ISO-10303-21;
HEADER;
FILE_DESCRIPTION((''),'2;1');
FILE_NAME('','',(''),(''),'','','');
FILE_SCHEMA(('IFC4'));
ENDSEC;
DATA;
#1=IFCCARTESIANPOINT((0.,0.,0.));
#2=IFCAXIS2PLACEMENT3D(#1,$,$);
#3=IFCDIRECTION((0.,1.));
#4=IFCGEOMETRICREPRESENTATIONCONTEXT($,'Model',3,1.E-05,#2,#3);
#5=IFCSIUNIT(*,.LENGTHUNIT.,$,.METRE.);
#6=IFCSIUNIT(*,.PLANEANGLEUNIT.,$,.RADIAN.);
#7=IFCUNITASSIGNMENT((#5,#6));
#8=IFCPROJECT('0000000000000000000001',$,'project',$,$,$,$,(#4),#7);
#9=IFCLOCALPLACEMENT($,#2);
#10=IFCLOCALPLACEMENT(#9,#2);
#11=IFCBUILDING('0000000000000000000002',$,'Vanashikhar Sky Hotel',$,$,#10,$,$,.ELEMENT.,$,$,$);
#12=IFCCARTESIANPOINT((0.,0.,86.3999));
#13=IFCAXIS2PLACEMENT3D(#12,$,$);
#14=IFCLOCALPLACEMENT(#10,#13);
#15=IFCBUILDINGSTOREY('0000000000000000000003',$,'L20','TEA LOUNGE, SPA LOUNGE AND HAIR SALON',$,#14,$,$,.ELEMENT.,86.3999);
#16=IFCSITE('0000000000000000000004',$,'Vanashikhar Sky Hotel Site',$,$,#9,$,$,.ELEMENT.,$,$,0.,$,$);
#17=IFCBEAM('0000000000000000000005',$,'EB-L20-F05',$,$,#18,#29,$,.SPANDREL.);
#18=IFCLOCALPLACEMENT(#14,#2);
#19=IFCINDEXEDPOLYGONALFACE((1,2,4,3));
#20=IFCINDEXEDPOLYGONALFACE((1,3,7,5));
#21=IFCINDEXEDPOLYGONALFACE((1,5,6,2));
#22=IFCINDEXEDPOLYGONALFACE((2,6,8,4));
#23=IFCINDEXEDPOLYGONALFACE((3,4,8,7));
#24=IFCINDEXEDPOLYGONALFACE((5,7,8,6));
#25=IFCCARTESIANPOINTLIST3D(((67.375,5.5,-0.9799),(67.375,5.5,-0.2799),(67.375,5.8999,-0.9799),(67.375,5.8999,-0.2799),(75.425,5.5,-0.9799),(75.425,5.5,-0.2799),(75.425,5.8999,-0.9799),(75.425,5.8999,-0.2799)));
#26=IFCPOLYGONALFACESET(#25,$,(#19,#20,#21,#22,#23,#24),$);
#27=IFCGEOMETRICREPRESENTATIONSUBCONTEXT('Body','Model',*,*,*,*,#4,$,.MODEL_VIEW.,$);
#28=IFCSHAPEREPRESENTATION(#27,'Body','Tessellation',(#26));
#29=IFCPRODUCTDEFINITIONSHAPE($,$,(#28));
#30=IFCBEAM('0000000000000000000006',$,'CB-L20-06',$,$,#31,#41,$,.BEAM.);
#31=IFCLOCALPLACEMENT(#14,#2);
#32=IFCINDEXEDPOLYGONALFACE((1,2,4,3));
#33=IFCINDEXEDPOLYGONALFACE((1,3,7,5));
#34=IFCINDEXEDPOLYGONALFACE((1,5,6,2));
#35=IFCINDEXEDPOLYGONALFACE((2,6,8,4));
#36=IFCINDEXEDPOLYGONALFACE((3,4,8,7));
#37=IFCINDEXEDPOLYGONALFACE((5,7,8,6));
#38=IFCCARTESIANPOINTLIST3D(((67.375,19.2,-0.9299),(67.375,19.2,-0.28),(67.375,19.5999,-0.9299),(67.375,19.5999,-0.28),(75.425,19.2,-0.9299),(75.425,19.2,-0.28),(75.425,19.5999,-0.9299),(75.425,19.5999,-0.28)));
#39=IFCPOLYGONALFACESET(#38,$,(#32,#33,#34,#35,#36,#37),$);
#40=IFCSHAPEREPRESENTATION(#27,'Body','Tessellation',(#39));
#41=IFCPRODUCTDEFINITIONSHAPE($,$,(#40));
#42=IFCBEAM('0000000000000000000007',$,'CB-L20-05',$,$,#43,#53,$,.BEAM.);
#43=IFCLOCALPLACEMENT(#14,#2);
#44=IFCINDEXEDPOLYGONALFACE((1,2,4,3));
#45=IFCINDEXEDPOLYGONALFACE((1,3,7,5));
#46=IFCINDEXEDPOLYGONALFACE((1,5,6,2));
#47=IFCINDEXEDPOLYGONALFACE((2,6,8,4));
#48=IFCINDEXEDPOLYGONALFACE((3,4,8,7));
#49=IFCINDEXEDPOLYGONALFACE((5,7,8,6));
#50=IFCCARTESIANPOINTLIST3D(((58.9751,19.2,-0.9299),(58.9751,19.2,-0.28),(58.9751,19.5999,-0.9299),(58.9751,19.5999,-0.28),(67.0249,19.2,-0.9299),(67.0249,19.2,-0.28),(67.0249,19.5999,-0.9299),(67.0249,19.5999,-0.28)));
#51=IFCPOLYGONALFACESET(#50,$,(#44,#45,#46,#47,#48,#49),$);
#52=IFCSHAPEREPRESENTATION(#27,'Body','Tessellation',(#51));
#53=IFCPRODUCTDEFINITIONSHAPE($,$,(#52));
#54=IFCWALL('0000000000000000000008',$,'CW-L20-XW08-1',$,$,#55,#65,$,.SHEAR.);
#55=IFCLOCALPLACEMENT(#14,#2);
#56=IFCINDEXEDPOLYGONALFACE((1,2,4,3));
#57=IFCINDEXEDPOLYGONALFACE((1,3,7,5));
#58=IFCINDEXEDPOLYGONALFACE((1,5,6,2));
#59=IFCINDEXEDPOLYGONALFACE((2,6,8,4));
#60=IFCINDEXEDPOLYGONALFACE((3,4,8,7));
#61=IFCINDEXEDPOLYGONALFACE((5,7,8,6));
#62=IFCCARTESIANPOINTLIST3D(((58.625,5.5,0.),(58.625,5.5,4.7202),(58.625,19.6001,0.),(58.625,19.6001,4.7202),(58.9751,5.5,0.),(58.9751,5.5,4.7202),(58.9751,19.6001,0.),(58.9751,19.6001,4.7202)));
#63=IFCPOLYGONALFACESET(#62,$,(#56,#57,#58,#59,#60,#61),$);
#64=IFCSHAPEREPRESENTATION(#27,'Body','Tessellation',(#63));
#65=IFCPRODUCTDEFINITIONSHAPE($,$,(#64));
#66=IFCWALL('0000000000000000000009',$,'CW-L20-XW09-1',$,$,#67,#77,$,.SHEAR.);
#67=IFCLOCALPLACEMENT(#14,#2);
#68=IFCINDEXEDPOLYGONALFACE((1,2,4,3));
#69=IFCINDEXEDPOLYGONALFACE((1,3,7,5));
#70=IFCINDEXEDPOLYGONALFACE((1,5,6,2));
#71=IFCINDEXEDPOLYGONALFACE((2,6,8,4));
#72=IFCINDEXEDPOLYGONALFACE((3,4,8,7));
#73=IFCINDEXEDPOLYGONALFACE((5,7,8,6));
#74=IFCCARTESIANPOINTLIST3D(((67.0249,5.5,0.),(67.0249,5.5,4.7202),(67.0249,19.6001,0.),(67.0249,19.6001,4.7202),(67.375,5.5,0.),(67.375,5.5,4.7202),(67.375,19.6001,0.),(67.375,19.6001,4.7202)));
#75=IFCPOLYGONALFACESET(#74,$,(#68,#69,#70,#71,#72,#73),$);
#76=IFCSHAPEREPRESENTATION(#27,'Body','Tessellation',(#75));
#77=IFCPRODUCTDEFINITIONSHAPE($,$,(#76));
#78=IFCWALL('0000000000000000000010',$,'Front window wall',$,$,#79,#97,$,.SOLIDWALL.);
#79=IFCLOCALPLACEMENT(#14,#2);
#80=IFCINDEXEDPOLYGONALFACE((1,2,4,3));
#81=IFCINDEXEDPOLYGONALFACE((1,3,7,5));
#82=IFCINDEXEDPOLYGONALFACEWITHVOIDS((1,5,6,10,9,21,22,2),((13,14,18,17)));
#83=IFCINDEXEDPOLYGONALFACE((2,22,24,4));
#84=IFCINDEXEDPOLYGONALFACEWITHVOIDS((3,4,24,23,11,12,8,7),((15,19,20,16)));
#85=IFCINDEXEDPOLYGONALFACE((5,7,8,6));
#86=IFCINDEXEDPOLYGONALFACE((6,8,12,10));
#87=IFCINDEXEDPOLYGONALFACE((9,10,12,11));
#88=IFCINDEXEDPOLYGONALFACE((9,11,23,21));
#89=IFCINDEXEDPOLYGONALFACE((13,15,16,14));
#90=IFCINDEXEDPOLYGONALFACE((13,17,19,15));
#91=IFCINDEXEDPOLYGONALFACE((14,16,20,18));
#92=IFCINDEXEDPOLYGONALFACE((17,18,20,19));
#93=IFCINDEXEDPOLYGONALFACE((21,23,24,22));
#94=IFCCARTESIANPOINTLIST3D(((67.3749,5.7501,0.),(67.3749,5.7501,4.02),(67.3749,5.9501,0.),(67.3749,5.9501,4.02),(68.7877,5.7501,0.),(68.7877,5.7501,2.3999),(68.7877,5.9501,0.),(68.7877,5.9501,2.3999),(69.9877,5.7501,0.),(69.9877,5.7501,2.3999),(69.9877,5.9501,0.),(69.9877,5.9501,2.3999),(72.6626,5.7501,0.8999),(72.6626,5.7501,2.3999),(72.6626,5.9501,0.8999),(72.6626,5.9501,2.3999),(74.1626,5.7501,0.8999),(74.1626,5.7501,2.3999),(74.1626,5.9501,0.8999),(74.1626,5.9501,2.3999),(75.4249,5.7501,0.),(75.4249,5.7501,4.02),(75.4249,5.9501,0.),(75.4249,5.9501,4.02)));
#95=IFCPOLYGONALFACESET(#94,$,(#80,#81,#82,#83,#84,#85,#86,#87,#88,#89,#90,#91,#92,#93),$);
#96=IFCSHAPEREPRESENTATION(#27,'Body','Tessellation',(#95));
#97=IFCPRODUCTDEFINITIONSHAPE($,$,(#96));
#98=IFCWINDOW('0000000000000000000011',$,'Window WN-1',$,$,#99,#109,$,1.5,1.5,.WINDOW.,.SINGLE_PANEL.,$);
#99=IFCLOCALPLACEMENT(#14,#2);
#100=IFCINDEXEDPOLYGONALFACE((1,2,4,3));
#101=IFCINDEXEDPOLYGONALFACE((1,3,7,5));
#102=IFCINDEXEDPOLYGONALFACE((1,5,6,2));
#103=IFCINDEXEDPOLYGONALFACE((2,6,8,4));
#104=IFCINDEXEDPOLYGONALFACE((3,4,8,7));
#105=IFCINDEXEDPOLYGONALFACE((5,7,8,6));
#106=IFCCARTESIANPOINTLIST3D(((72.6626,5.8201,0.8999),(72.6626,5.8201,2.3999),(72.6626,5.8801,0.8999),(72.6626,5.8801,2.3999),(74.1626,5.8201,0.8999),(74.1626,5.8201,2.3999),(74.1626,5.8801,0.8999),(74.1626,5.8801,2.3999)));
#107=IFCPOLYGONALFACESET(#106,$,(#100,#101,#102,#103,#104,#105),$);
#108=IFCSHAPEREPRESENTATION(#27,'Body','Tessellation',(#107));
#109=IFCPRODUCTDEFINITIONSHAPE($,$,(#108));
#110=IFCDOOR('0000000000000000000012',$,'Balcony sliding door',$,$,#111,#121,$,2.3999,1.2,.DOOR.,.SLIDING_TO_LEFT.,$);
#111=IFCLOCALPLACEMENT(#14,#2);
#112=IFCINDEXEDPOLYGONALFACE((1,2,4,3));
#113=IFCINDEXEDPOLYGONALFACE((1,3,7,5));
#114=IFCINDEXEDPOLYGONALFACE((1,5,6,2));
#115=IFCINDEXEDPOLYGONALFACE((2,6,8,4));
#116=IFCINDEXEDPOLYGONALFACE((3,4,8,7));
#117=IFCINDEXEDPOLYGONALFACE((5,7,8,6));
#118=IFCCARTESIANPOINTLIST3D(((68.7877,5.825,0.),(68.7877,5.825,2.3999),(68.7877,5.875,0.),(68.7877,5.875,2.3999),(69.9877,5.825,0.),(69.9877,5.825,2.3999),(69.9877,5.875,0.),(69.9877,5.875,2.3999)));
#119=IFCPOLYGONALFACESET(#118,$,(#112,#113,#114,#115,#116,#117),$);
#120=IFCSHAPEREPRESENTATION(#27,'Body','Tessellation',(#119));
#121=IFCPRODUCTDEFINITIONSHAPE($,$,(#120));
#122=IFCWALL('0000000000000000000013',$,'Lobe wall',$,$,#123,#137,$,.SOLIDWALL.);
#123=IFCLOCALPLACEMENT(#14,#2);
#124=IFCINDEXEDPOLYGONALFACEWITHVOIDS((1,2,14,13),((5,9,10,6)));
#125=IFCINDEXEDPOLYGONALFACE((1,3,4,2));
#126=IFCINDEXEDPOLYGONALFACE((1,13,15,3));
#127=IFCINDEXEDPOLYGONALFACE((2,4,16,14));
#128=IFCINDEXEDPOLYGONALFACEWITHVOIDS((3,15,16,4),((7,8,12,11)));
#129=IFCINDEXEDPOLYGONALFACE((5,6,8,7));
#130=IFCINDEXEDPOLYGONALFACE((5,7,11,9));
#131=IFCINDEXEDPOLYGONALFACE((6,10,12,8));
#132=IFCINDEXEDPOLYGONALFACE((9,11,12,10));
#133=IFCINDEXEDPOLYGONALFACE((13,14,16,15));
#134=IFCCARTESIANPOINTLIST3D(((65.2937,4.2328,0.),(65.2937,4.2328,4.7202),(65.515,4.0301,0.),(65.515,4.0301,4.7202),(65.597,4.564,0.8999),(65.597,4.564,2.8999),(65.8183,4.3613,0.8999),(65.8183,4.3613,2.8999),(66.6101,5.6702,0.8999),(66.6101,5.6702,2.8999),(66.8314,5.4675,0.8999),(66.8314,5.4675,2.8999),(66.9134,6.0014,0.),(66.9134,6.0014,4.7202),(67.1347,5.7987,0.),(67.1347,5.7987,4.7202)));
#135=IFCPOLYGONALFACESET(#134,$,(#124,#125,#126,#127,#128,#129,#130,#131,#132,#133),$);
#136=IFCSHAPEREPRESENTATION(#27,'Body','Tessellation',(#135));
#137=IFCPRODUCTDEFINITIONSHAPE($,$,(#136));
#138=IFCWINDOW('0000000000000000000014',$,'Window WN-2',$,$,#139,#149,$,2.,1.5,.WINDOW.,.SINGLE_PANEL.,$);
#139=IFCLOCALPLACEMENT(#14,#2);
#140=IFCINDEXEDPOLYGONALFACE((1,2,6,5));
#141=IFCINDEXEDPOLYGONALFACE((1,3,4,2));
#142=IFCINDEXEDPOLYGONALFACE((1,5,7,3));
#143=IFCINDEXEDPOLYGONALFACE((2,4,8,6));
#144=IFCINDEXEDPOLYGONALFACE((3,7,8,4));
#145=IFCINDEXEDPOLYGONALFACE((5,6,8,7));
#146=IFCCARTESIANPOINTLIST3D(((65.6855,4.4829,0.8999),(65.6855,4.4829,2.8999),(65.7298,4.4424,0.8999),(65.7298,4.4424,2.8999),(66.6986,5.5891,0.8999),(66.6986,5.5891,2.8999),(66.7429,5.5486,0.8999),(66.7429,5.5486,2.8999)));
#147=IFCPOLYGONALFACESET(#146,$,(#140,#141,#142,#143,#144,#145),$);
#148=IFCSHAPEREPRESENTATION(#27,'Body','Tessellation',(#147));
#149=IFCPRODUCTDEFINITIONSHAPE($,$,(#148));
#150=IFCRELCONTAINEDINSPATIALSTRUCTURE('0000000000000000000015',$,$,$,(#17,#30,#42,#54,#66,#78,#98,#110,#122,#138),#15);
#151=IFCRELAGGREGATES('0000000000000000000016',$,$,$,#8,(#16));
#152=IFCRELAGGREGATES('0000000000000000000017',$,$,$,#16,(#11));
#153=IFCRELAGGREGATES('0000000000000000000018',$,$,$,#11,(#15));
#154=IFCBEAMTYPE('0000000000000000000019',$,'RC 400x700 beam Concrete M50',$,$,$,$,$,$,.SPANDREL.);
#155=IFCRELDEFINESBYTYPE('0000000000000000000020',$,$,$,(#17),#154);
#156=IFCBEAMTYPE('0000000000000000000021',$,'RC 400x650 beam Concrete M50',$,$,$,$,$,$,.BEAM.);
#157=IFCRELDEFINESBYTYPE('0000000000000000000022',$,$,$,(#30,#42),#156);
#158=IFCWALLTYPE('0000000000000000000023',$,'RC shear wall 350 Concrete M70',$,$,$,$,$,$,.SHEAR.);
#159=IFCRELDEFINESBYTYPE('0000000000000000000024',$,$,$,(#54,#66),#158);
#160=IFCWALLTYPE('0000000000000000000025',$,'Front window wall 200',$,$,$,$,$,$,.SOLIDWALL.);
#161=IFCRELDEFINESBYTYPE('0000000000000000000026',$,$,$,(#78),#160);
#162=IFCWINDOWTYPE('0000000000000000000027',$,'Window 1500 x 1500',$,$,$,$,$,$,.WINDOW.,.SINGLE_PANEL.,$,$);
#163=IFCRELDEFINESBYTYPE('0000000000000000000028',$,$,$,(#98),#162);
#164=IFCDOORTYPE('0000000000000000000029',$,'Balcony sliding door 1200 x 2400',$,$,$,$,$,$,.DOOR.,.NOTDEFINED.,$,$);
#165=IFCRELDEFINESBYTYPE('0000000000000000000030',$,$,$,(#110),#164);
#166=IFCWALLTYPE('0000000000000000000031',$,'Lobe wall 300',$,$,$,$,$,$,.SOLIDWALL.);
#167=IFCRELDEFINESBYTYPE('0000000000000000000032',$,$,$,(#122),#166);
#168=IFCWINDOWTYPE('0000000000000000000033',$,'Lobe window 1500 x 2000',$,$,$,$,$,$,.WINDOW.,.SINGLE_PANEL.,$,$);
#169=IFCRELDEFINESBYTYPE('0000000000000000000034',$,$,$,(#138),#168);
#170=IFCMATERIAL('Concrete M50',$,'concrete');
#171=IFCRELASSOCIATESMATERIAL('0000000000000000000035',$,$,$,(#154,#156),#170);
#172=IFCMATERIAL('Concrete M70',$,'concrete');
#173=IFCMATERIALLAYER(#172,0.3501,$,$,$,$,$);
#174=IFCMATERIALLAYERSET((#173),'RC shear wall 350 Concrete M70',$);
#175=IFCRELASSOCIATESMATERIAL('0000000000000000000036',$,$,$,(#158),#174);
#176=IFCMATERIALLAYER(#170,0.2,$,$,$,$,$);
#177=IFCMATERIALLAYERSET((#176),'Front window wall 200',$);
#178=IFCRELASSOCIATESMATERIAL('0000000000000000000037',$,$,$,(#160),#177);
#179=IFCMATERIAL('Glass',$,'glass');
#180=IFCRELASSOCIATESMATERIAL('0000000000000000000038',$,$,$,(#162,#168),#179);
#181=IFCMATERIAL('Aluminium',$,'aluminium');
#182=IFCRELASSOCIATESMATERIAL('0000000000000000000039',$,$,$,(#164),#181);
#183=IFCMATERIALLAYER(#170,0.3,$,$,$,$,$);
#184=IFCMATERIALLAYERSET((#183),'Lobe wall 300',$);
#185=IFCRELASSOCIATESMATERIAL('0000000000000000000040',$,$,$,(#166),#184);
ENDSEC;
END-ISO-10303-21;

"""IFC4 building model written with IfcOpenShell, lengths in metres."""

from ifc_helpers import new_model, si_unit, direction, frame, frame_2d, origin, origin_2d, place, context, subcontext, project, spatial, rectangle, extrude, source, transform, mapped, material, layer, layer_set, material_profile, profile_set, type_object, element, fill, save


model = new_model("IFC4")

# Units and contexts
model_context = context("Model", 3, precision=1e-05, world=origin(), true_north=direction((0.0, 1.0)))
body_context = subcontext(model_context, "Body", "Model", "MODEL_VIEW")
ifc_project = project(units=[si_unit("LENGTHUNIT", "METRE"), si_unit("PLANEANGLEUNIT", "RADIAN")], contexts=[model_context])

# Site, building, storey
site_placement = place(None, origin())
site = spatial("IfcSite", under=ifc_project, at=site_placement, Name="Vanashikhar Sky Hotel Site", CompositionType="ELEMENT", RefElevation=0.0)
building_placement = place(site_placement, origin())
building = spatial("IfcBuilding", under=site, at=building_placement, Name="Vanashikhar Sky Hotel", CompositionType="ELEMENT")
storey_placement = place(building_placement, frame((0.0, 0.0, 86.3999)))
storey = spatial("IfcBuildingStorey", under=building, at=storey_placement, Name="L20", Description="TEA LOUNGE, SPA LOUNGE AND HAIR SALON", CompositionType="ELEMENT", Elevation=86.3999)

# Beams
ifc_material_1 = material(Name="Concrete M50", Category="concrete")
ifc_material_profile_1 = material_profile(ifc_material_1, rectangle(XDim=0.3999, YDim=0.7, at=origin_2d()))
ifc_profile_set_1 = profile_set([ifc_material_profile_1], Name="RC 400x700 beam Concrete M50")
beam_type_1 = type_object("IfcBeamType", Name="RC 400x700 beam Concrete M50", PredefinedType="SPANDREL", material=ifc_profile_set_1)
shared_shape_1 = source(origin(), body_context, "Body", "SweptSolid", [
    extrude(rectangle(XDim=0.3999, YDim=0.7, at=origin_2d()), origin(), (0.0, 0.0, 1.0), 8.05),
])
beam_1_placement = place(storey_placement, frame((67.375, 5.7, -0.6299), z_axis=(1.0, 0.0, 0.0), x_axis=(0.0, 1.0, 0.0)))
element("IfcBeam", 1, at=beam_1_placement, inside=storey, type_object=beam_type_1, Name="EB-L20-F05", PredefinedType="SPANDREL", context=body_context, shape_type="MappedRepresentation", body=[
    mapped(shared_shape_1, transform((0.0, 0.0, 0.0), scale=1.0)),
])
ifc_material_profile_2 = material_profile(ifc_material_1, rectangle(XDim=0.3999, YDim=0.6499, at=origin_2d()))
ifc_profile_set_2 = profile_set([ifc_material_profile_2], Name="RC 400x650 beam Concrete M50")
beam_type_2 = type_object("IfcBeamType", Name="RC 400x650 beam Concrete M50", PredefinedType="BEAM", material=ifc_profile_set_2)
shared_shape_2 = source(origin(), body_context, "Body", "SweptSolid", [
    extrude(rectangle(XDim=0.3999, YDim=0.6499, at=origin_2d()), origin(), (0.0, 0.0, 1.0), 8.05),
])
beam_2_placement = place(storey_placement, frame((67.375, 19.3999, -0.605), z_axis=(1.0, 0.0, 0.0), x_axis=(0.0, 1.0, 0.0)))
element("IfcBeam", 2, at=beam_2_placement, inside=storey, type_object=beam_type_2, Name="CB-L20-06", PredefinedType="BEAM", context=body_context, shape_type="MappedRepresentation", body=[
    mapped(shared_shape_2, transform((0.0, 0.0, 0.0), scale=1.0)),
])
shared_shape_3 = source(origin(), body_context, "Body", "SweptSolid", [
    extrude(rectangle(XDim=0.3999, YDim=0.6499, at=origin_2d()), origin(), (0.0, 0.0, 1.0), 8.0498),
])
beam_3_placement = place(storey_placement, frame((58.9751, 19.3999, -0.605), z_axis=(1.0, 0.0, 0.0), x_axis=(0.0, 1.0, 0.0)))
element("IfcBeam", 3, at=beam_3_placement, inside=storey, type_object=beam_type_2, Name="CB-L20-05", PredefinedType="BEAM", context=body_context, shape_type="MappedRepresentation", body=[
    mapped(shared_shape_3, transform((0.0, 0.0, 0.0), scale=1.0)),
])

# Walls
ifc_material_2 = material(Name="Concrete M70", Category="concrete")
ifc_layer_1 = layer(ifc_material_2, 0.3501)
ifc_layer_set_1 = layer_set([ifc_layer_1], Name="RC shear wall 350 Concrete M70")
wall_type_1 = type_object("IfcWallType", Name="RC shear wall 350 Concrete M70", PredefinedType="SHEAR", material=ifc_layer_set_1)
shared_shape_4 = source(origin(), body_context, "Body", "SweptSolid", [
    extrude(rectangle(XDim=14.1001, YDim=0.3501, at=frame_2d((7.05, 0.0))), origin(), (0.0, 0.0, 1.0), 4.7202),
])
for number, where, z_axis, x_axis, name in (
    (4, (58.8, 5.5, 0.0), (0.0, 0.0, 1.0), (0.0, 1.0, 0.0), "CW-L20-XW08-1"),
    (5, (67.2, 5.5, 0.0), (0.0, 0.0, 1.0), (0.0, 1.0, 0.0), "CW-L20-XW09-1"),
):
    element("IfcWall", number, at=place(storey_placement, frame(where, z_axis=z_axis, x_axis=x_axis)), inside=storey, type_object=wall_type_1, Name=name, PredefinedType="SHEAR", context=body_context, shape_type="MappedRepresentation", body=[
        mapped(shared_shape_4, transform((0.0, 0.0, 0.0), scale=1.0)),
    ])

# Wall, openings, window, door
ifc_layer_2 = layer(ifc_material_1, 0.2)
ifc_layer_set_2 = layer_set([ifc_layer_2], Name="Front window wall 200")
wall_type_2 = type_object("IfcWallType", Name="Front window wall 200", PredefinedType="SOLIDWALL", material=ifc_layer_set_2)
shared_shape_5 = source(origin(), body_context, "Body", "SweptSolid", [
    extrude(rectangle(XDim=8.05, YDim=0.2, at=frame_2d((4.0249, 0.0))), origin(), (0.0, 0.0, 1.0), 4.02),
])
wall_1_placement = place(storey_placement, frame((67.375, 5.8501, 0.0), z_axis=(0.0, 0.0, 1.0), x_axis=(1.0, 0.0, 0.0)))
wall_1 = element("IfcWall", 6, at=wall_1_placement, inside=storey, type_object=wall_type_2, Name="Front window wall", PredefinedType="SOLIDWALL", context=body_context, shape_type="MappedRepresentation", body=[
    mapped(shared_shape_5, transform((0.0, 0.0, 0.0), scale=1.0)),
])
shared_shape_6 = source(origin(), body_context, "Body", "SweptSolid", [
    extrude(rectangle(XDim=1.5, YDim=1.5, at=frame_2d((0.75, 0.75))), frame((0.0, 0.1099, 0.0), z_axis=(0.0, -1.0, 0.0), x_axis=(1.0, 0.0, 0.0)), (0.0, 0.0, 1.0), 0.22),
])
opening_1_placement = place(wall_1_placement, frame((5.2876, 0.0, 0.8999)))
opening_1 = element("IfcOpeningElement", 7, at=opening_1_placement, cuts=wall_1, PredefinedType="OPENING", context=body_context, shape_type="MappedRepresentation", body=[
    mapped(shared_shape_6, transform((0.0, 0.0, 0.0), scale=1.0)),
])
shared_shape_7 = source(origin(), body_context, "Body", "SweptSolid", [
    extrude(rectangle(XDim=1.2, YDim=2.3999, at=frame_2d((0.6001, 1.2))), frame((0.0, 0.1099, 0.0), z_axis=(0.0, -1.0, 0.0), x_axis=(1.0, 0.0, 0.0)), (0.0, 0.0, 1.0), 0.22),
])
opening_2_placement = place(wall_1_placement, frame((1.4126, 0.0, 0.0)))
opening_2 = element("IfcOpeningElement", 8, at=opening_2_placement, cuts=wall_1, PredefinedType="OPENING", context=body_context, shape_type="MappedRepresentation", body=[
    mapped(shared_shape_7, transform((0.0, 0.0, 0.0), scale=1.0)),
])
ifc_material_3 = material(Name="Glass", Category="glass")
window_type_1 = type_object("IfcWindowType", Name="Window 1500 x 1500", PartitioningType="SINGLE_PANEL", PredefinedType="WINDOW", material=ifc_material_3)
shared_shape_8 = source(origin(), body_context, "Body", "SweptSolid", [
    extrude(rectangle(XDim=1.5, YDim=1.5, at=frame_2d((0.75, 0.75))), frame((0.0, 0.03, 0.0), z_axis=(0.0, -1.0, 0.0), x_axis=(1.0, 0.0, 0.0)), (0.0, 0.0, 1.0), 0.0601),
])
window_1_placement = place(opening_1_placement, origin())
window_1 = element("IfcWindow", 9, at=window_1_placement, inside=storey, type_object=window_type_1, Name="Window WN-1", OverallHeight=1.5, OverallWidth=1.5, PartitioningType="SINGLE_PANEL", PredefinedType="WINDOW", context=body_context, shape_type="MappedRepresentation", body=[
    mapped(shared_shape_8, transform((0.0, 0.0, 0.0), scale=1.0)),
])
fill(opening_1, window_1)
ifc_material_4 = material(Name="Aluminium", Category="aluminium")
door_type = type_object("IfcDoorType", Name="Balcony sliding door 1200 x 2400", OperationType="NOTDEFINED", PredefinedType="DOOR", material=ifc_material_4)
shared_shape_9 = source(origin(), body_context, "Body", "SweptSolid", [
    extrude(rectangle(XDim=1.2, YDim=2.3999, at=frame_2d((0.6001, 1.2))), frame((0.0, 0.0249, 0.0), z_axis=(0.0, -1.0, 0.0), x_axis=(1.0, 0.0, 0.0)), (0.0, 0.0, 1.0), 0.05),
])
door_placement = place(opening_2_placement, origin())
door = element("IfcDoor", 10, at=door_placement, inside=storey, type_object=door_type, Name="Balcony sliding door", OperationType="SLIDING_TO_LEFT", OverallHeight=2.3999, OverallWidth=1.2, PredefinedType="DOOR", context=body_context, shape_type="MappedRepresentation", body=[
    mapped(shared_shape_9, transform((0.0, 0.0, 0.0), scale=1.0)),
])
fill(opening_2, door)

# Wall, opening, window
ifc_layer_3 = layer(ifc_material_1, 0.3)
ifc_layer_set_3 = layer_set([ifc_layer_3], Name="Lobe wall 300")
wall_type_3 = type_object("IfcWallType", Name="Lobe wall 300", PredefinedType="SOLIDWALL", material=ifc_layer_set_3)
shared_shape_10 = source(origin(), body_context, "Body", "SweptSolid", [
    extrude(rectangle(XDim=2.3982, YDim=0.3, at=frame_2d((1.1992, 0.0))), origin(), (0.0, 0.0, 1.0), 4.7202),
])
wall_2_placement = place(storey_placement, frame((65.4043, 4.1313, 0.0), z_axis=(0.0, 0.0, 1.0), x_axis=(0.675374, 0.737475, 0.0)))
wall_2 = element("IfcWall", 11, at=wall_2_placement, inside=storey, type_object=wall_type_3, Name="Lobe wall", PredefinedType="SOLIDWALL", context=body_context, shape_type="MappedRepresentation", body=[
    mapped(shared_shape_10, transform((0.0, 0.0, 0.0), scale=1.0)),
])
shared_shape_11 = source(origin(), body_context, "Body", "SweptSolid", [
    extrude(rectangle(XDim=1.5, YDim=2.0, at=frame_2d((0.75, 1.0))), frame((0.0, 0.1602, 0.0), z_axis=(0.0, -1.0, 0.0), x_axis=(1.0, 0.0, 0.0)), (0.0, 0.0, 1.0), 0.3201),
])
opening_3_placement = place(wall_2_placement, frame((0.4492, 0.0, 0.8999)))
opening_3 = element("IfcOpeningElement", 12, at=opening_3_placement, cuts=wall_2, PredefinedType="OPENING", context=body_context, shape_type="MappedRepresentation", body=[
    mapped(shared_shape_11, transform((0.0, 0.0, 0.0), scale=1.0)),
])
window_type_2 = type_object("IfcWindowType", Name="Lobe window 1500 x 2000", PartitioningType="SINGLE_PANEL", PredefinedType="WINDOW", material=ifc_material_3)
shared_shape_12 = source(origin(), body_context, "Body", "SweptSolid", [
    extrude(rectangle(XDim=1.5, YDim=2.0, at=frame_2d((0.75, 1.0))), frame((0.0, 0.03, 0.0), z_axis=(0.0, -1.0, 0.0), x_axis=(1.0, 0.0, 0.0)), (0.0, 0.0, 1.0), 0.0601),
])
window_2_placement = place(opening_3_placement, origin())
window_2 = element("IfcWindow", 13, at=window_2_placement, inside=storey, type_object=window_type_2, Name="Window WN-2", OverallHeight=2.0, OverallWidth=1.5, PartitioningType="SINGLE_PANEL", PredefinedType="WINDOW", context=body_context, shape_type="MappedRepresentation", body=[
    mapped(shared_shape_12, transform((0.0, 0.0, 0.0), scale=1.0)),
])
fill(opening_3, window_2)

save(model, "model.ifc")
